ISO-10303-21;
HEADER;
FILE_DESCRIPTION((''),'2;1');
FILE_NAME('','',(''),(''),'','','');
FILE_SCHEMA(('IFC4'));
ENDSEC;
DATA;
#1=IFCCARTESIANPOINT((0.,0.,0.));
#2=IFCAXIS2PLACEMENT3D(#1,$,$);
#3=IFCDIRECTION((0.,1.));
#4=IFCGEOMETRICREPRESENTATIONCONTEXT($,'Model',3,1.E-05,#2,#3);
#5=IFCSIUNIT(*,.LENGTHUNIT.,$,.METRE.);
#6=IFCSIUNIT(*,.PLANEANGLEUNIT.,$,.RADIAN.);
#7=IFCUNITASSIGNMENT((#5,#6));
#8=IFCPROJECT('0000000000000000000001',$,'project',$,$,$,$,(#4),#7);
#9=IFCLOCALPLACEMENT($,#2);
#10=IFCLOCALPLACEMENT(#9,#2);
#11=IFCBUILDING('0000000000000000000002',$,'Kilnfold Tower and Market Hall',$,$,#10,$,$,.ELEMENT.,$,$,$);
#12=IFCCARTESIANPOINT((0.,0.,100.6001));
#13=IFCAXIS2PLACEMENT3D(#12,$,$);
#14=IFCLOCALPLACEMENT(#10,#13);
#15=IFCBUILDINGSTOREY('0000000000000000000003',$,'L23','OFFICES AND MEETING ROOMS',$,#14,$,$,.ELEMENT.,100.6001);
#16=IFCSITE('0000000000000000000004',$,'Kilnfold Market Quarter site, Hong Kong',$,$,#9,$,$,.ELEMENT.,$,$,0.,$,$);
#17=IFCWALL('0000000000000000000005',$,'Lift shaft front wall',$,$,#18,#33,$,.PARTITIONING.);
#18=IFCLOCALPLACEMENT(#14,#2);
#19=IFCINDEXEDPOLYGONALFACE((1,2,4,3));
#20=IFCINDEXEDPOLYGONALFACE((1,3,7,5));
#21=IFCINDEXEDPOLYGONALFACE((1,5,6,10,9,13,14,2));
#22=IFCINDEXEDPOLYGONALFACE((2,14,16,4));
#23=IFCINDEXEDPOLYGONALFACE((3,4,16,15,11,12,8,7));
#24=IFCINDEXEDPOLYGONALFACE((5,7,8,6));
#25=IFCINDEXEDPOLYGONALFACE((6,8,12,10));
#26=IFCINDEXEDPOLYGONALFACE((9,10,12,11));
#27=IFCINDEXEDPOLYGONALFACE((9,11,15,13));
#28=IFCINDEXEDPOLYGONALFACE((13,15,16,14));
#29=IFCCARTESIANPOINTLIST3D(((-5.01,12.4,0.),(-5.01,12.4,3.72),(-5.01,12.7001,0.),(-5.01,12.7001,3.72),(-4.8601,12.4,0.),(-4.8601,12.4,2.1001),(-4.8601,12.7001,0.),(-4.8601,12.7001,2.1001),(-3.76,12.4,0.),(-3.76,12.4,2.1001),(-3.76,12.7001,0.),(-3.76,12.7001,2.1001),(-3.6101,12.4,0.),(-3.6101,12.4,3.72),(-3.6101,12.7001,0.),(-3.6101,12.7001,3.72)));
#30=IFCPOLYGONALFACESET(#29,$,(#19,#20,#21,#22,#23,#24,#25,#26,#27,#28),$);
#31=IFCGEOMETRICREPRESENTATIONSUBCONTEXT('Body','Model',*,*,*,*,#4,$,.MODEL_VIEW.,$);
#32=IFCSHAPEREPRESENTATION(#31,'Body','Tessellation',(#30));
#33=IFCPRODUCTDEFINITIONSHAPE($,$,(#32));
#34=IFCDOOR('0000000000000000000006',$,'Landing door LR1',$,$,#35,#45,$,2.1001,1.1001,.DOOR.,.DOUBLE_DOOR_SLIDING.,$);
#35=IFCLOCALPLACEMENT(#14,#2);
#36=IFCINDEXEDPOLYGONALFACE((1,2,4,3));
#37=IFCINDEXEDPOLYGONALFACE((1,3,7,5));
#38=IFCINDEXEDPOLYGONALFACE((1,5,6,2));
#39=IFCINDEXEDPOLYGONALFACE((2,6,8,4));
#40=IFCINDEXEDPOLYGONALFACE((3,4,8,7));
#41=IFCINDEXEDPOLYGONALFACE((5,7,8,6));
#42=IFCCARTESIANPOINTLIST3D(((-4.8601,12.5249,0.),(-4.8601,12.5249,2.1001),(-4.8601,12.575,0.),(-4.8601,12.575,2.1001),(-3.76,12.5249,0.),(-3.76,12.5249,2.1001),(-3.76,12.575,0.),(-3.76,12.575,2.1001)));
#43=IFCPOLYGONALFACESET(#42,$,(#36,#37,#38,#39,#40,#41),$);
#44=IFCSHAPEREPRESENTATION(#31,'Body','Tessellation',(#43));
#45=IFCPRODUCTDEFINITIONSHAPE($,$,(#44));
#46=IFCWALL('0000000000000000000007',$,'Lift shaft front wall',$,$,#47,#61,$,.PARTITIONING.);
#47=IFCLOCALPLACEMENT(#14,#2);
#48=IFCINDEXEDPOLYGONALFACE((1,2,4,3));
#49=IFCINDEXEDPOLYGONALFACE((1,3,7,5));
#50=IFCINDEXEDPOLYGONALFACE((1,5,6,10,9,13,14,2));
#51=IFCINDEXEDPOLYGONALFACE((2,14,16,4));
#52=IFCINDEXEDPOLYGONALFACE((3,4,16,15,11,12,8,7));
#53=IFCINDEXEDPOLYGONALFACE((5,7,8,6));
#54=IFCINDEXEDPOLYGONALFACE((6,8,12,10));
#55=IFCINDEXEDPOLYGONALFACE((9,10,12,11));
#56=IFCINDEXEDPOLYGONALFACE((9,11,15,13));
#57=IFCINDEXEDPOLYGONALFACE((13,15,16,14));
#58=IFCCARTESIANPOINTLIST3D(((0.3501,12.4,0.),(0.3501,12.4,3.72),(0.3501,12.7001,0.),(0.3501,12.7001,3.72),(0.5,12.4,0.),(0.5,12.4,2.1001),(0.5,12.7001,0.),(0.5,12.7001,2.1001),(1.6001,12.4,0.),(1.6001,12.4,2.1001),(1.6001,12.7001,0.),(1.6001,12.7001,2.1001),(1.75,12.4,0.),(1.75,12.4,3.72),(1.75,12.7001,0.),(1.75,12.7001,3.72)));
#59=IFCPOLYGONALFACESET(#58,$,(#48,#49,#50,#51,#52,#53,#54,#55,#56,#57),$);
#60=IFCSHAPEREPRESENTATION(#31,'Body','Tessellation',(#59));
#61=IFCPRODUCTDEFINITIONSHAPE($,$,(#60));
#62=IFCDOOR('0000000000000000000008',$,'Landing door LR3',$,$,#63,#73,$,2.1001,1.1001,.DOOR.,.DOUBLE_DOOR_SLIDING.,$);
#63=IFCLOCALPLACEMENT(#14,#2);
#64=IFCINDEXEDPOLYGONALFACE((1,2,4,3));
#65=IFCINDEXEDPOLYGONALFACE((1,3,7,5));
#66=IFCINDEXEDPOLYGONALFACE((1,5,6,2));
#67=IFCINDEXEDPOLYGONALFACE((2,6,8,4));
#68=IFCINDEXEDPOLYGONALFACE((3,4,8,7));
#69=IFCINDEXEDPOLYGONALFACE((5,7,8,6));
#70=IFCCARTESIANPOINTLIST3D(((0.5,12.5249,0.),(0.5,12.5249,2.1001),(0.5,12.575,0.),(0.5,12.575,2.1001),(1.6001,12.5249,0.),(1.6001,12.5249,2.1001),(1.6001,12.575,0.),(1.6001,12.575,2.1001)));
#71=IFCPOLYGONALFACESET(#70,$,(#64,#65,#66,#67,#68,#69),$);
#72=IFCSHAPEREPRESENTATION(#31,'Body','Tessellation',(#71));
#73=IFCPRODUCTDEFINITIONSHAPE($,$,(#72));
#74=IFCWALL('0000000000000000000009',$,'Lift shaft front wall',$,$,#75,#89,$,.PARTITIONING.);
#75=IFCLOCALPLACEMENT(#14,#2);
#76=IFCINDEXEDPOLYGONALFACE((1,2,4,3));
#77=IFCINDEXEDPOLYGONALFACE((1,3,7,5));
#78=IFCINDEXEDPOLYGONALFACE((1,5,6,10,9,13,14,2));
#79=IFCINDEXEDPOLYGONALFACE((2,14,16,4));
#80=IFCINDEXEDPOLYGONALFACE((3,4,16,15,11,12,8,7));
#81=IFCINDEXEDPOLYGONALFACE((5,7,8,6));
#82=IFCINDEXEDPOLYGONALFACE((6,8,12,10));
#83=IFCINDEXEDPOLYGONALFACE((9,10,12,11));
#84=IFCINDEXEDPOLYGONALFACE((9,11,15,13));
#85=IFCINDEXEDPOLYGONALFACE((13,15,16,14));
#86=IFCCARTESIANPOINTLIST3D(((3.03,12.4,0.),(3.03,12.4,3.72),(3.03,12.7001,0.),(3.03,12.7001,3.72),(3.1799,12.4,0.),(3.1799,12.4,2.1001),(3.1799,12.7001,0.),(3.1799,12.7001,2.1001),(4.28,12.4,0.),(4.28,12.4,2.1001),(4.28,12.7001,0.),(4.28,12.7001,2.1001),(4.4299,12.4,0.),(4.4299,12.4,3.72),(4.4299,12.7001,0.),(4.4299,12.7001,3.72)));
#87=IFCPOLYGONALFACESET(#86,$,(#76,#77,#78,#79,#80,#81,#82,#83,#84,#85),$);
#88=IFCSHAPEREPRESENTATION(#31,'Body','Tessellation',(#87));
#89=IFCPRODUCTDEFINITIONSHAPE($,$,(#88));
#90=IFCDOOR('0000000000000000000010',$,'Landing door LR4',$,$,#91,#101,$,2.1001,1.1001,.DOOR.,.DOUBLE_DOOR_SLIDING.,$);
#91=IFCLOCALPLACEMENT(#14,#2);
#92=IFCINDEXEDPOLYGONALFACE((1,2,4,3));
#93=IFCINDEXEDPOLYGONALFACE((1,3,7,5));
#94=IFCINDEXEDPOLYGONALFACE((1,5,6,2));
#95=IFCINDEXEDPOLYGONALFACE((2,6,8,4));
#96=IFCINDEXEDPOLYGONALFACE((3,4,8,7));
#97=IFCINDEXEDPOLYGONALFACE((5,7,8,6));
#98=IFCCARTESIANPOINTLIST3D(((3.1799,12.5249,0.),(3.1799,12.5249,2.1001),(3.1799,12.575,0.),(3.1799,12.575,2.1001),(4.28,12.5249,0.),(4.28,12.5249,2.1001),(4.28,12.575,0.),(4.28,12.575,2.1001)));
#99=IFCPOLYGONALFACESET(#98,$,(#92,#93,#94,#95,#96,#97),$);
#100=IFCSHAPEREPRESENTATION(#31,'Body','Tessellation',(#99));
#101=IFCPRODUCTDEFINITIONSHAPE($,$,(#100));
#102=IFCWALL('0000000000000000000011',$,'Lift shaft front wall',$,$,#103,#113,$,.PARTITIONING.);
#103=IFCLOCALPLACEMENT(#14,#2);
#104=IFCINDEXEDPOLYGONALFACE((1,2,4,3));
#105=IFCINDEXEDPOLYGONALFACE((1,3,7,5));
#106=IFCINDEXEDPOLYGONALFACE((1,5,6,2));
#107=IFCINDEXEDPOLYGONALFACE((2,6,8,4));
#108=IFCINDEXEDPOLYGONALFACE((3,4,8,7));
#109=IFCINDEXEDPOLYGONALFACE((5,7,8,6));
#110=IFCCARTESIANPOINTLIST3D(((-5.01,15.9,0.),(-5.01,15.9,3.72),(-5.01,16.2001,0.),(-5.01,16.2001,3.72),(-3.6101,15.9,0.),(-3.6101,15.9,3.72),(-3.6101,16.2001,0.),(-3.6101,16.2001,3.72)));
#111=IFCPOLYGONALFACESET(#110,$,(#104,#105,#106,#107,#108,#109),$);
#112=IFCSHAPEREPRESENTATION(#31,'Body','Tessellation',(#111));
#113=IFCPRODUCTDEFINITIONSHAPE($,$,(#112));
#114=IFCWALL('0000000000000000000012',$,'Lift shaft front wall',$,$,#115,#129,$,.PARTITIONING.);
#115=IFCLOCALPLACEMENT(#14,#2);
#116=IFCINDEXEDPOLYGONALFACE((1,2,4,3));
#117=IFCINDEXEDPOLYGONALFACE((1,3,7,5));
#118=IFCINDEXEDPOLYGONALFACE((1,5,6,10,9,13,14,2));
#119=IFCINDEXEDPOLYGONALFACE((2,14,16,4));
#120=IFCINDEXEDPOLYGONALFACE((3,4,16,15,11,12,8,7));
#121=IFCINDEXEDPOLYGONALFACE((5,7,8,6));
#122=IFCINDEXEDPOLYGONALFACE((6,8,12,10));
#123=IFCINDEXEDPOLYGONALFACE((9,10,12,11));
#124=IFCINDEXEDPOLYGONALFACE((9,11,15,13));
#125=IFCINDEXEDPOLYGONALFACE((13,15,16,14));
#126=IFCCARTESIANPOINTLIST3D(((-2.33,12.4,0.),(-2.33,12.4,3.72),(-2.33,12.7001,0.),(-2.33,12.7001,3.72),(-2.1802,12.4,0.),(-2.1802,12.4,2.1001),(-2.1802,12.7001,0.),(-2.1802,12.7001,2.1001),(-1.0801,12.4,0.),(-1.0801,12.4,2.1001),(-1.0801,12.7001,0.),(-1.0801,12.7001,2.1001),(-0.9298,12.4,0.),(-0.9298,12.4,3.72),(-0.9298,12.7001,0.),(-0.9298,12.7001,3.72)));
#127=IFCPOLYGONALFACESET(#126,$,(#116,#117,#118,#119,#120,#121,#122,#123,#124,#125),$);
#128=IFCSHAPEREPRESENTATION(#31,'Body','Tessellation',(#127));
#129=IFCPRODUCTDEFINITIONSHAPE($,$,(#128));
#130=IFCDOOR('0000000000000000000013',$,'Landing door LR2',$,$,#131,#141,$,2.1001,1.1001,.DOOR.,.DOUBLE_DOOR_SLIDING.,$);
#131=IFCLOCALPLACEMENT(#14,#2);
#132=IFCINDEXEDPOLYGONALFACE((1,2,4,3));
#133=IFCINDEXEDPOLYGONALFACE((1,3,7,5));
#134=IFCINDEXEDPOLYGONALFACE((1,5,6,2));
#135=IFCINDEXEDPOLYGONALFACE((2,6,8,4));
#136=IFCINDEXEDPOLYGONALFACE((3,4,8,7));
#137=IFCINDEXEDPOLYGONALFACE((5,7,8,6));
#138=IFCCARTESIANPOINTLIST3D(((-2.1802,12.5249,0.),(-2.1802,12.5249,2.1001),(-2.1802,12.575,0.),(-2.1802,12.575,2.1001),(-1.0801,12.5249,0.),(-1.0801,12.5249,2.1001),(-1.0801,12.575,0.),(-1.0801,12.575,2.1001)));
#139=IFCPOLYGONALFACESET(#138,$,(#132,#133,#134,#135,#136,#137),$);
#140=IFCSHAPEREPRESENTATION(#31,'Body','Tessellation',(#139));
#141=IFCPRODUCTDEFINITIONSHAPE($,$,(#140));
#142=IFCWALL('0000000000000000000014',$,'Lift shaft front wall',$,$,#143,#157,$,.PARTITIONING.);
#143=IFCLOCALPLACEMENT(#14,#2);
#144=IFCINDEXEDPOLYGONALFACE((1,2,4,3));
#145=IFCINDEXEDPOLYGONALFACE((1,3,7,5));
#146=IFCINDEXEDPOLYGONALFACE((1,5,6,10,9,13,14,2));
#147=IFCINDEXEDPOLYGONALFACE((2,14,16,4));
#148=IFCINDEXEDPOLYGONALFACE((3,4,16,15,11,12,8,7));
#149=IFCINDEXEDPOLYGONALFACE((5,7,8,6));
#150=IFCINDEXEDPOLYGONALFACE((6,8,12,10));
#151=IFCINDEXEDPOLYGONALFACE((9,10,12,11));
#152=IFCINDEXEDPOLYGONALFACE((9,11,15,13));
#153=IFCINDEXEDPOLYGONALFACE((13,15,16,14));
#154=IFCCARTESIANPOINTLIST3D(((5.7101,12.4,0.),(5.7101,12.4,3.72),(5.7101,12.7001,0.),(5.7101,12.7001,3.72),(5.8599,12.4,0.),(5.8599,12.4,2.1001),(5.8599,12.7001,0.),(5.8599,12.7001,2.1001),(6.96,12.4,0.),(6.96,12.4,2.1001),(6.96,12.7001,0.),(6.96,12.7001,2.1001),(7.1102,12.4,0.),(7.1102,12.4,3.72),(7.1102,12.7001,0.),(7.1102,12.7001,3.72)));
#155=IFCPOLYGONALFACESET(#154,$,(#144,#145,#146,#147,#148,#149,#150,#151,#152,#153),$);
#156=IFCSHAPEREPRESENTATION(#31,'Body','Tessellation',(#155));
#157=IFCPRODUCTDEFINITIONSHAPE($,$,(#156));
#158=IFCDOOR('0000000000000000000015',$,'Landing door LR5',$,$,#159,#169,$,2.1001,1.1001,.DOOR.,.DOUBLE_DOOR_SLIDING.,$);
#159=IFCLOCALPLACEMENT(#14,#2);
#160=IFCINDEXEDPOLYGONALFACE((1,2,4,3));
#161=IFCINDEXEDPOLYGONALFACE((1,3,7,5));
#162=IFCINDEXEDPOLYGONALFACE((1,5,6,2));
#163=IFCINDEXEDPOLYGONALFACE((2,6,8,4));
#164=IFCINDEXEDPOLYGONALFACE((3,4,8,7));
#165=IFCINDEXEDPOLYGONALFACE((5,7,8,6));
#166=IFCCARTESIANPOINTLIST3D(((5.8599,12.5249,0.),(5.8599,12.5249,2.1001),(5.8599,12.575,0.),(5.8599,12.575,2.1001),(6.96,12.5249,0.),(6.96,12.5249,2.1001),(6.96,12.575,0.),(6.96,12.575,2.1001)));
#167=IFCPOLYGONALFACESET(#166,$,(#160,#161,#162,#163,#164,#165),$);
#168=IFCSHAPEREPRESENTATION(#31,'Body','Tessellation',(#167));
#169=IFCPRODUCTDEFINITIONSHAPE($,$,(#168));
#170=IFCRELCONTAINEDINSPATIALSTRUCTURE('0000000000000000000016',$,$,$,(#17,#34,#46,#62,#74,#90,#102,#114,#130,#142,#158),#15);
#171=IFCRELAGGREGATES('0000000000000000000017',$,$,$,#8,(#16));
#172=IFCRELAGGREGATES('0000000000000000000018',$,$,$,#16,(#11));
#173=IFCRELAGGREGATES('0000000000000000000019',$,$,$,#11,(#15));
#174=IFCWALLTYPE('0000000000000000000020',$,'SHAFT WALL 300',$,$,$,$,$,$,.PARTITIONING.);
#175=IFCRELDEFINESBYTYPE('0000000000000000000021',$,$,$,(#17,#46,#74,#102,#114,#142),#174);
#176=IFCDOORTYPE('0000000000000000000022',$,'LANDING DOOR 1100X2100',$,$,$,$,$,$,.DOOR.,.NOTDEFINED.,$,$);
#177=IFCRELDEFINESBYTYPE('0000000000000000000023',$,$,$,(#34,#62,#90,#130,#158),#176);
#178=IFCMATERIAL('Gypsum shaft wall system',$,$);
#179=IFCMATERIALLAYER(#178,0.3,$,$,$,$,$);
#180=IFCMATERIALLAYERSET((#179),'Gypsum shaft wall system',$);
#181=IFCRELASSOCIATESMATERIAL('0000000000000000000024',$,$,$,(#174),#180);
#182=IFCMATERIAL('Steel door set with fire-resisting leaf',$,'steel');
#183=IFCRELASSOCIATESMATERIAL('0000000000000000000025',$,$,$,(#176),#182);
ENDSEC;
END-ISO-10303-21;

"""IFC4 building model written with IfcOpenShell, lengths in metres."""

from ifc_helpers import new_model, si_unit, direction, frame, frame_2d, origin, place, context, subcontext, project, spatial, rectangle, extrude, source, transform, mapped, material, layer, layer_set, type_object, element, fill, save


model = new_model("IFC4")

# Units and contexts
model_context = context("Model", 3, precision=1e-05, world=origin(), true_north=direction((0.0, 1.0)))
body_context = subcontext(model_context, "Body", "Model", "MODEL_VIEW")
ifc_project = project(units=[si_unit("LENGTHUNIT", "METRE"), si_unit("PLANEANGLEUNIT", "RADIAN")], contexts=[model_context])

# Site, building, storey
site_placement = place(None, origin())
site = spatial("IfcSite", under=ifc_project, at=site_placement, Name="Kilnfold Market Quarter site, Hong Kong", CompositionType="ELEMENT", RefElevation=0.0)
building_placement = place(site_placement, origin())
building = spatial("IfcBuilding", under=site, at=building_placement, Name="Kilnfold Tower and Market Hall", CompositionType="ELEMENT")
storey_placement = place(building_placement, frame((0.0, 0.0, 100.6001)))
storey = spatial("IfcBuildingStorey", under=building, at=storey_placement, Name="L23", Description="OFFICES AND MEETING ROOMS", CompositionType="ELEMENT", Elevation=100.6001)

# Walls, openings, doors
ifc_material_1 = material(Name="Gypsum shaft wall system")
ifc_layer_1 = layer(ifc_material_1, 0.3)
ifc_layer_set_1 = layer_set([ifc_layer_1], Name="Gypsum shaft wall system")
wall_type_1 = type_object("IfcWallType", Name="SHAFT WALL 300", PredefinedType="PARTITIONING", material=ifc_layer_set_1)
shared_shape_1 = source(origin(), body_context, "Body", "SweptSolid", [
    extrude(rectangle(XDim=1.3999, YDim=0.3, at=frame_2d((0.7, 0.0))), origin(), (0.0, 0.0, 1.0), 3.72),
])
wall_1_placement = place(storey_placement, frame((-5.01, 12.55, 0.0), z_axis=(0.0, 0.0, 1.0), x_axis=(1.0, 0.0, 0.0)))
wall_1 = element("IfcWall", 1, at=wall_1_placement, inside=storey, type_object=wall_type_1, Name="Lift shaft front wall", PredefinedType="PARTITIONING", context=body_context, shape_type="MappedRepresentation", body=[
    mapped(shared_shape_1, transform((0.0, 0.0, 0.0))),
])
opening_1_placement = place(wall_1_placement, frame((0.1499, 0.0, 0.0)))
opening_1 = element("IfcOpeningElement", 2, at=opening_1_placement, cuts=wall_1, PredefinedType="OPENING", context=body_context, shape_type="SweptSolid", body=[
    extrude(rectangle(XDim=1.1001, YDim=2.1001, at=frame_2d((0.55, 1.05))), frame((0.0, 0.1602, 0.0), z_axis=(0.0, -1.0, 0.0), x_axis=(1.0, 0.0, 0.0)), (0.0, 0.0, 1.0), 0.3201),
])
ifc_material_2 = material(Name="Steel door set with fire-resisting leaf", Category="steel")
door_type_1 = type_object("IfcDoorType", Name="LANDING DOOR 1100X2100", OperationType="NOTDEFINED", PredefinedType="DOOR", material=ifc_material_2)
door_1_placement = place(opening_1_placement, origin())
door_1 = element("IfcDoor", 3, at=door_1_placement, inside=storey, type_object=door_type_1, Name="Landing door LR1", OperationType="DOUBLE_DOOR_SLIDING", OverallHeight=2.1001, OverallWidth=1.1001, PredefinedType="DOOR", context=body_context, shape_type="SweptSolid", body=[
    extrude(rectangle(XDim=1.1001, YDim=2.1001, at=frame_2d((0.55, 1.05))), frame((0.0, 0.0249, 0.0), z_axis=(0.0, -1.0, 0.0), x_axis=(1.0, 0.0, 0.0)), (0.0, 0.0, 1.0), 0.05),
])
fill(opening_1, door_1)
wall_2_placement = place(storey_placement, frame((0.3501, 12.55, 0.0), z_axis=(0.0, 0.0, 1.0), x_axis=(1.0, 0.0, 0.0)))
wall_2 = element("IfcWall", 4, at=wall_2_placement, inside=storey, type_object=wall_type_1, Name="Lift shaft front wall", PredefinedType="PARTITIONING", context=body_context, shape_type="MappedRepresentation", body=[
    mapped(shared_shape_1, transform((0.0, 0.0, 0.0))),
])
opening_2_placement = place(wall_2_placement, frame((0.1499, 0.0, 0.0)))
opening_2 = element("IfcOpeningElement", 5, at=opening_2_placement, cuts=wall_2, PredefinedType="OPENING", context=body_context, shape_type="SweptSolid", body=[
    extrude(rectangle(XDim=1.1001, YDim=2.1001, at=frame_2d((0.55, 1.05))), frame((0.0, 0.1602, 0.0), z_axis=(0.0, -1.0, 0.0), x_axis=(1.0, 0.0, 0.0)), (0.0, 0.0, 1.0), 0.3201),
])
door_2_placement = place(opening_2_placement, origin())
door_2 = element("IfcDoor", 6, at=door_2_placement, inside=storey, type_object=door_type_1, Name="Landing door LR3", OperationType="DOUBLE_DOOR_SLIDING", OverallHeight=2.1001, OverallWidth=1.1001, PredefinedType="DOOR", context=body_context, shape_type="SweptSolid", body=[
    extrude(rectangle(XDim=1.1001, YDim=2.1001, at=frame_2d((0.55, 1.05))), frame((0.0, 0.0249, 0.0), z_axis=(0.0, -1.0, 0.0), x_axis=(1.0, 0.0, 0.0)), (0.0, 0.0, 1.0), 0.05),
])
fill(opening_2, door_2)
wall_3_placement = place(storey_placement, frame((3.03, 12.55, 0.0), z_axis=(0.0, 0.0, 1.0), x_axis=(1.0, 0.0, 0.0)))
wall_3 = element("IfcWall", 7, at=wall_3_placement, inside=storey, type_object=wall_type_1, Name="Lift shaft front wall", PredefinedType="PARTITIONING", context=body_context, shape_type="MappedRepresentation", body=[
    mapped(shared_shape_1, transform((0.0, 0.0, 0.0))),
])
opening_3_placement = place(wall_3_placement, frame((0.1499, 0.0, 0.0)))
opening_3 = element("IfcOpeningElement", 8, at=opening_3_placement, cuts=wall_3, PredefinedType="OPENING", context=body_context, shape_type="SweptSolid", body=[
    extrude(rectangle(XDim=1.1001, YDim=2.1001, at=frame_2d((0.55, 1.05))), frame((0.0, 0.1602, 0.0), z_axis=(0.0, -1.0, 0.0), x_axis=(1.0, 0.0, 0.0)), (0.0, 0.0, 1.0), 0.3201),
])
door_3_placement = place(opening_3_placement, origin())
door_3 = element("IfcDoor", 9, at=door_3_placement, inside=storey, type_object=door_type_1, Name="Landing door LR4", OperationType="DOUBLE_DOOR_SLIDING", OverallHeight=2.1001, OverallWidth=1.1001, PredefinedType="DOOR", context=body_context, shape_type="SweptSolid", body=[
    extrude(rectangle(XDim=1.1001, YDim=2.1001, at=frame_2d((0.55, 1.05))), frame((0.0, 0.0249, 0.0), z_axis=(0.0, -1.0, 0.0), x_axis=(1.0, 0.0, 0.0)), (0.0, 0.0, 1.0), 0.05),
])
fill(opening_3, door_3)

# Wall
wall_4_placement = place(storey_placement, frame((-5.01, 16.05, 0.0), z_axis=(0.0, 0.0, 1.0), x_axis=(1.0, 0.0, 0.0)))
element("IfcWall", 10, at=wall_4_placement, inside=storey, type_object=wall_type_1, Name="Lift shaft front wall", PredefinedType="PARTITIONING", context=body_context, shape_type="MappedRepresentation", body=[
    mapped(shared_shape_1, transform((0.0, 0.0, 0.0))),
])

# Walls, openings, doors
shared_shape_2 = source(origin(), body_context, "Body", "SweptSolid", [
    extrude(rectangle(XDim=1.4001, YDim=0.3, at=frame_2d((0.7002, 0.0))), origin(), (0.0, 0.0, 1.0), 3.72),
])
wall_5_placement = place(storey_placement, frame((-2.3301, 12.55, 0.0), z_axis=(0.0, 0.0, 1.0), x_axis=(1.0, 0.0, 0.0)))
wall_5 = element("IfcWall", 11, at=wall_5_placement, inside=storey, type_object=wall_type_1, Name="Lift shaft front wall", PredefinedType="PARTITIONING", context=body_context, shape_type="MappedRepresentation", body=[
    mapped(shared_shape_2, transform((0.0, 0.0, 0.0))),
])
opening_4_placement = place(wall_5_placement, frame((0.1499, 0.0, 0.0)))
opening_4 = element("IfcOpeningElement", 12, at=opening_4_placement, cuts=wall_5, PredefinedType="OPENING", context=body_context, shape_type="SweptSolid", body=[
    extrude(rectangle(XDim=1.1001, YDim=2.1001, at=frame_2d((0.55, 1.05))), frame((0.0, 0.1602, 0.0), z_axis=(0.0, -1.0, 0.0), x_axis=(1.0, 0.0, 0.0)), (0.0, 0.0, 1.0), 0.3201),
])
door_4_placement = place(opening_4_placement, origin())
door_4 = element("IfcDoor", 13, at=door_4_placement, inside=storey, type_object=door_type_1, Name="Landing door LR2", OperationType="DOUBLE_DOOR_SLIDING", OverallHeight=2.1001, OverallWidth=1.1001, PredefinedType="DOOR", context=body_context, shape_type="SweptSolid", body=[
    extrude(rectangle(XDim=1.1001, YDim=2.1001, at=frame_2d((0.55, 1.05))), frame((0.0, 0.0249, 0.0), z_axis=(0.0, -1.0, 0.0), x_axis=(1.0, 0.0, 0.0)), (0.0, 0.0, 1.0), 0.05),
])
fill(opening_4, door_4)
wall_6_placement = place(storey_placement, frame((5.71, 12.55, 0.0), z_axis=(0.0, 0.0, 1.0), x_axis=(1.0, 0.0, 0.0)))
wall_6 = element("IfcWall", 14, at=wall_6_placement, inside=storey, type_object=wall_type_1, Name="Lift shaft front wall", PredefinedType="PARTITIONING", context=body_context, shape_type="MappedRepresentation", body=[
    mapped(shared_shape_2, transform((0.0, 0.0, 0.0))),
])
opening_5_placement = place(wall_6_placement, frame((0.1499, 0.0, 0.0)))
opening_5 = element("IfcOpeningElement", 15, at=opening_5_placement, cuts=wall_6, PredefinedType="OPENING", context=body_context, shape_type="SweptSolid", body=[
    extrude(rectangle(XDim=1.1001, YDim=2.1001, at=frame_2d((0.55, 1.05))), frame((0.0, 0.1602, 0.0), z_axis=(0.0, -1.0, 0.0), x_axis=(1.0, 0.0, 0.0)), (0.0, 0.0, 1.0), 0.3201),
])
door_5_placement = place(opening_5_placement, origin())
door_5 = element("IfcDoor", 16, at=door_5_placement, inside=storey, type_object=door_type_1, Name="Landing door LR5", OperationType="DOUBLE_DOOR_SLIDING", OverallHeight=2.1001, OverallWidth=1.1001, PredefinedType="DOOR", context=body_context, shape_type="SweptSolid", body=[
    extrude(rectangle(XDim=1.1001, YDim=2.1001, at=frame_2d((0.55, 1.05))), frame((0.0, 0.0249, 0.0), z_axis=(0.0, -1.0, 0.0), x_axis=(1.0, 0.0, 0.0)), (0.0, 0.0, 1.0), 0.05),
])
fill(opening_5, door_5)

save(model, "model.ifc")
